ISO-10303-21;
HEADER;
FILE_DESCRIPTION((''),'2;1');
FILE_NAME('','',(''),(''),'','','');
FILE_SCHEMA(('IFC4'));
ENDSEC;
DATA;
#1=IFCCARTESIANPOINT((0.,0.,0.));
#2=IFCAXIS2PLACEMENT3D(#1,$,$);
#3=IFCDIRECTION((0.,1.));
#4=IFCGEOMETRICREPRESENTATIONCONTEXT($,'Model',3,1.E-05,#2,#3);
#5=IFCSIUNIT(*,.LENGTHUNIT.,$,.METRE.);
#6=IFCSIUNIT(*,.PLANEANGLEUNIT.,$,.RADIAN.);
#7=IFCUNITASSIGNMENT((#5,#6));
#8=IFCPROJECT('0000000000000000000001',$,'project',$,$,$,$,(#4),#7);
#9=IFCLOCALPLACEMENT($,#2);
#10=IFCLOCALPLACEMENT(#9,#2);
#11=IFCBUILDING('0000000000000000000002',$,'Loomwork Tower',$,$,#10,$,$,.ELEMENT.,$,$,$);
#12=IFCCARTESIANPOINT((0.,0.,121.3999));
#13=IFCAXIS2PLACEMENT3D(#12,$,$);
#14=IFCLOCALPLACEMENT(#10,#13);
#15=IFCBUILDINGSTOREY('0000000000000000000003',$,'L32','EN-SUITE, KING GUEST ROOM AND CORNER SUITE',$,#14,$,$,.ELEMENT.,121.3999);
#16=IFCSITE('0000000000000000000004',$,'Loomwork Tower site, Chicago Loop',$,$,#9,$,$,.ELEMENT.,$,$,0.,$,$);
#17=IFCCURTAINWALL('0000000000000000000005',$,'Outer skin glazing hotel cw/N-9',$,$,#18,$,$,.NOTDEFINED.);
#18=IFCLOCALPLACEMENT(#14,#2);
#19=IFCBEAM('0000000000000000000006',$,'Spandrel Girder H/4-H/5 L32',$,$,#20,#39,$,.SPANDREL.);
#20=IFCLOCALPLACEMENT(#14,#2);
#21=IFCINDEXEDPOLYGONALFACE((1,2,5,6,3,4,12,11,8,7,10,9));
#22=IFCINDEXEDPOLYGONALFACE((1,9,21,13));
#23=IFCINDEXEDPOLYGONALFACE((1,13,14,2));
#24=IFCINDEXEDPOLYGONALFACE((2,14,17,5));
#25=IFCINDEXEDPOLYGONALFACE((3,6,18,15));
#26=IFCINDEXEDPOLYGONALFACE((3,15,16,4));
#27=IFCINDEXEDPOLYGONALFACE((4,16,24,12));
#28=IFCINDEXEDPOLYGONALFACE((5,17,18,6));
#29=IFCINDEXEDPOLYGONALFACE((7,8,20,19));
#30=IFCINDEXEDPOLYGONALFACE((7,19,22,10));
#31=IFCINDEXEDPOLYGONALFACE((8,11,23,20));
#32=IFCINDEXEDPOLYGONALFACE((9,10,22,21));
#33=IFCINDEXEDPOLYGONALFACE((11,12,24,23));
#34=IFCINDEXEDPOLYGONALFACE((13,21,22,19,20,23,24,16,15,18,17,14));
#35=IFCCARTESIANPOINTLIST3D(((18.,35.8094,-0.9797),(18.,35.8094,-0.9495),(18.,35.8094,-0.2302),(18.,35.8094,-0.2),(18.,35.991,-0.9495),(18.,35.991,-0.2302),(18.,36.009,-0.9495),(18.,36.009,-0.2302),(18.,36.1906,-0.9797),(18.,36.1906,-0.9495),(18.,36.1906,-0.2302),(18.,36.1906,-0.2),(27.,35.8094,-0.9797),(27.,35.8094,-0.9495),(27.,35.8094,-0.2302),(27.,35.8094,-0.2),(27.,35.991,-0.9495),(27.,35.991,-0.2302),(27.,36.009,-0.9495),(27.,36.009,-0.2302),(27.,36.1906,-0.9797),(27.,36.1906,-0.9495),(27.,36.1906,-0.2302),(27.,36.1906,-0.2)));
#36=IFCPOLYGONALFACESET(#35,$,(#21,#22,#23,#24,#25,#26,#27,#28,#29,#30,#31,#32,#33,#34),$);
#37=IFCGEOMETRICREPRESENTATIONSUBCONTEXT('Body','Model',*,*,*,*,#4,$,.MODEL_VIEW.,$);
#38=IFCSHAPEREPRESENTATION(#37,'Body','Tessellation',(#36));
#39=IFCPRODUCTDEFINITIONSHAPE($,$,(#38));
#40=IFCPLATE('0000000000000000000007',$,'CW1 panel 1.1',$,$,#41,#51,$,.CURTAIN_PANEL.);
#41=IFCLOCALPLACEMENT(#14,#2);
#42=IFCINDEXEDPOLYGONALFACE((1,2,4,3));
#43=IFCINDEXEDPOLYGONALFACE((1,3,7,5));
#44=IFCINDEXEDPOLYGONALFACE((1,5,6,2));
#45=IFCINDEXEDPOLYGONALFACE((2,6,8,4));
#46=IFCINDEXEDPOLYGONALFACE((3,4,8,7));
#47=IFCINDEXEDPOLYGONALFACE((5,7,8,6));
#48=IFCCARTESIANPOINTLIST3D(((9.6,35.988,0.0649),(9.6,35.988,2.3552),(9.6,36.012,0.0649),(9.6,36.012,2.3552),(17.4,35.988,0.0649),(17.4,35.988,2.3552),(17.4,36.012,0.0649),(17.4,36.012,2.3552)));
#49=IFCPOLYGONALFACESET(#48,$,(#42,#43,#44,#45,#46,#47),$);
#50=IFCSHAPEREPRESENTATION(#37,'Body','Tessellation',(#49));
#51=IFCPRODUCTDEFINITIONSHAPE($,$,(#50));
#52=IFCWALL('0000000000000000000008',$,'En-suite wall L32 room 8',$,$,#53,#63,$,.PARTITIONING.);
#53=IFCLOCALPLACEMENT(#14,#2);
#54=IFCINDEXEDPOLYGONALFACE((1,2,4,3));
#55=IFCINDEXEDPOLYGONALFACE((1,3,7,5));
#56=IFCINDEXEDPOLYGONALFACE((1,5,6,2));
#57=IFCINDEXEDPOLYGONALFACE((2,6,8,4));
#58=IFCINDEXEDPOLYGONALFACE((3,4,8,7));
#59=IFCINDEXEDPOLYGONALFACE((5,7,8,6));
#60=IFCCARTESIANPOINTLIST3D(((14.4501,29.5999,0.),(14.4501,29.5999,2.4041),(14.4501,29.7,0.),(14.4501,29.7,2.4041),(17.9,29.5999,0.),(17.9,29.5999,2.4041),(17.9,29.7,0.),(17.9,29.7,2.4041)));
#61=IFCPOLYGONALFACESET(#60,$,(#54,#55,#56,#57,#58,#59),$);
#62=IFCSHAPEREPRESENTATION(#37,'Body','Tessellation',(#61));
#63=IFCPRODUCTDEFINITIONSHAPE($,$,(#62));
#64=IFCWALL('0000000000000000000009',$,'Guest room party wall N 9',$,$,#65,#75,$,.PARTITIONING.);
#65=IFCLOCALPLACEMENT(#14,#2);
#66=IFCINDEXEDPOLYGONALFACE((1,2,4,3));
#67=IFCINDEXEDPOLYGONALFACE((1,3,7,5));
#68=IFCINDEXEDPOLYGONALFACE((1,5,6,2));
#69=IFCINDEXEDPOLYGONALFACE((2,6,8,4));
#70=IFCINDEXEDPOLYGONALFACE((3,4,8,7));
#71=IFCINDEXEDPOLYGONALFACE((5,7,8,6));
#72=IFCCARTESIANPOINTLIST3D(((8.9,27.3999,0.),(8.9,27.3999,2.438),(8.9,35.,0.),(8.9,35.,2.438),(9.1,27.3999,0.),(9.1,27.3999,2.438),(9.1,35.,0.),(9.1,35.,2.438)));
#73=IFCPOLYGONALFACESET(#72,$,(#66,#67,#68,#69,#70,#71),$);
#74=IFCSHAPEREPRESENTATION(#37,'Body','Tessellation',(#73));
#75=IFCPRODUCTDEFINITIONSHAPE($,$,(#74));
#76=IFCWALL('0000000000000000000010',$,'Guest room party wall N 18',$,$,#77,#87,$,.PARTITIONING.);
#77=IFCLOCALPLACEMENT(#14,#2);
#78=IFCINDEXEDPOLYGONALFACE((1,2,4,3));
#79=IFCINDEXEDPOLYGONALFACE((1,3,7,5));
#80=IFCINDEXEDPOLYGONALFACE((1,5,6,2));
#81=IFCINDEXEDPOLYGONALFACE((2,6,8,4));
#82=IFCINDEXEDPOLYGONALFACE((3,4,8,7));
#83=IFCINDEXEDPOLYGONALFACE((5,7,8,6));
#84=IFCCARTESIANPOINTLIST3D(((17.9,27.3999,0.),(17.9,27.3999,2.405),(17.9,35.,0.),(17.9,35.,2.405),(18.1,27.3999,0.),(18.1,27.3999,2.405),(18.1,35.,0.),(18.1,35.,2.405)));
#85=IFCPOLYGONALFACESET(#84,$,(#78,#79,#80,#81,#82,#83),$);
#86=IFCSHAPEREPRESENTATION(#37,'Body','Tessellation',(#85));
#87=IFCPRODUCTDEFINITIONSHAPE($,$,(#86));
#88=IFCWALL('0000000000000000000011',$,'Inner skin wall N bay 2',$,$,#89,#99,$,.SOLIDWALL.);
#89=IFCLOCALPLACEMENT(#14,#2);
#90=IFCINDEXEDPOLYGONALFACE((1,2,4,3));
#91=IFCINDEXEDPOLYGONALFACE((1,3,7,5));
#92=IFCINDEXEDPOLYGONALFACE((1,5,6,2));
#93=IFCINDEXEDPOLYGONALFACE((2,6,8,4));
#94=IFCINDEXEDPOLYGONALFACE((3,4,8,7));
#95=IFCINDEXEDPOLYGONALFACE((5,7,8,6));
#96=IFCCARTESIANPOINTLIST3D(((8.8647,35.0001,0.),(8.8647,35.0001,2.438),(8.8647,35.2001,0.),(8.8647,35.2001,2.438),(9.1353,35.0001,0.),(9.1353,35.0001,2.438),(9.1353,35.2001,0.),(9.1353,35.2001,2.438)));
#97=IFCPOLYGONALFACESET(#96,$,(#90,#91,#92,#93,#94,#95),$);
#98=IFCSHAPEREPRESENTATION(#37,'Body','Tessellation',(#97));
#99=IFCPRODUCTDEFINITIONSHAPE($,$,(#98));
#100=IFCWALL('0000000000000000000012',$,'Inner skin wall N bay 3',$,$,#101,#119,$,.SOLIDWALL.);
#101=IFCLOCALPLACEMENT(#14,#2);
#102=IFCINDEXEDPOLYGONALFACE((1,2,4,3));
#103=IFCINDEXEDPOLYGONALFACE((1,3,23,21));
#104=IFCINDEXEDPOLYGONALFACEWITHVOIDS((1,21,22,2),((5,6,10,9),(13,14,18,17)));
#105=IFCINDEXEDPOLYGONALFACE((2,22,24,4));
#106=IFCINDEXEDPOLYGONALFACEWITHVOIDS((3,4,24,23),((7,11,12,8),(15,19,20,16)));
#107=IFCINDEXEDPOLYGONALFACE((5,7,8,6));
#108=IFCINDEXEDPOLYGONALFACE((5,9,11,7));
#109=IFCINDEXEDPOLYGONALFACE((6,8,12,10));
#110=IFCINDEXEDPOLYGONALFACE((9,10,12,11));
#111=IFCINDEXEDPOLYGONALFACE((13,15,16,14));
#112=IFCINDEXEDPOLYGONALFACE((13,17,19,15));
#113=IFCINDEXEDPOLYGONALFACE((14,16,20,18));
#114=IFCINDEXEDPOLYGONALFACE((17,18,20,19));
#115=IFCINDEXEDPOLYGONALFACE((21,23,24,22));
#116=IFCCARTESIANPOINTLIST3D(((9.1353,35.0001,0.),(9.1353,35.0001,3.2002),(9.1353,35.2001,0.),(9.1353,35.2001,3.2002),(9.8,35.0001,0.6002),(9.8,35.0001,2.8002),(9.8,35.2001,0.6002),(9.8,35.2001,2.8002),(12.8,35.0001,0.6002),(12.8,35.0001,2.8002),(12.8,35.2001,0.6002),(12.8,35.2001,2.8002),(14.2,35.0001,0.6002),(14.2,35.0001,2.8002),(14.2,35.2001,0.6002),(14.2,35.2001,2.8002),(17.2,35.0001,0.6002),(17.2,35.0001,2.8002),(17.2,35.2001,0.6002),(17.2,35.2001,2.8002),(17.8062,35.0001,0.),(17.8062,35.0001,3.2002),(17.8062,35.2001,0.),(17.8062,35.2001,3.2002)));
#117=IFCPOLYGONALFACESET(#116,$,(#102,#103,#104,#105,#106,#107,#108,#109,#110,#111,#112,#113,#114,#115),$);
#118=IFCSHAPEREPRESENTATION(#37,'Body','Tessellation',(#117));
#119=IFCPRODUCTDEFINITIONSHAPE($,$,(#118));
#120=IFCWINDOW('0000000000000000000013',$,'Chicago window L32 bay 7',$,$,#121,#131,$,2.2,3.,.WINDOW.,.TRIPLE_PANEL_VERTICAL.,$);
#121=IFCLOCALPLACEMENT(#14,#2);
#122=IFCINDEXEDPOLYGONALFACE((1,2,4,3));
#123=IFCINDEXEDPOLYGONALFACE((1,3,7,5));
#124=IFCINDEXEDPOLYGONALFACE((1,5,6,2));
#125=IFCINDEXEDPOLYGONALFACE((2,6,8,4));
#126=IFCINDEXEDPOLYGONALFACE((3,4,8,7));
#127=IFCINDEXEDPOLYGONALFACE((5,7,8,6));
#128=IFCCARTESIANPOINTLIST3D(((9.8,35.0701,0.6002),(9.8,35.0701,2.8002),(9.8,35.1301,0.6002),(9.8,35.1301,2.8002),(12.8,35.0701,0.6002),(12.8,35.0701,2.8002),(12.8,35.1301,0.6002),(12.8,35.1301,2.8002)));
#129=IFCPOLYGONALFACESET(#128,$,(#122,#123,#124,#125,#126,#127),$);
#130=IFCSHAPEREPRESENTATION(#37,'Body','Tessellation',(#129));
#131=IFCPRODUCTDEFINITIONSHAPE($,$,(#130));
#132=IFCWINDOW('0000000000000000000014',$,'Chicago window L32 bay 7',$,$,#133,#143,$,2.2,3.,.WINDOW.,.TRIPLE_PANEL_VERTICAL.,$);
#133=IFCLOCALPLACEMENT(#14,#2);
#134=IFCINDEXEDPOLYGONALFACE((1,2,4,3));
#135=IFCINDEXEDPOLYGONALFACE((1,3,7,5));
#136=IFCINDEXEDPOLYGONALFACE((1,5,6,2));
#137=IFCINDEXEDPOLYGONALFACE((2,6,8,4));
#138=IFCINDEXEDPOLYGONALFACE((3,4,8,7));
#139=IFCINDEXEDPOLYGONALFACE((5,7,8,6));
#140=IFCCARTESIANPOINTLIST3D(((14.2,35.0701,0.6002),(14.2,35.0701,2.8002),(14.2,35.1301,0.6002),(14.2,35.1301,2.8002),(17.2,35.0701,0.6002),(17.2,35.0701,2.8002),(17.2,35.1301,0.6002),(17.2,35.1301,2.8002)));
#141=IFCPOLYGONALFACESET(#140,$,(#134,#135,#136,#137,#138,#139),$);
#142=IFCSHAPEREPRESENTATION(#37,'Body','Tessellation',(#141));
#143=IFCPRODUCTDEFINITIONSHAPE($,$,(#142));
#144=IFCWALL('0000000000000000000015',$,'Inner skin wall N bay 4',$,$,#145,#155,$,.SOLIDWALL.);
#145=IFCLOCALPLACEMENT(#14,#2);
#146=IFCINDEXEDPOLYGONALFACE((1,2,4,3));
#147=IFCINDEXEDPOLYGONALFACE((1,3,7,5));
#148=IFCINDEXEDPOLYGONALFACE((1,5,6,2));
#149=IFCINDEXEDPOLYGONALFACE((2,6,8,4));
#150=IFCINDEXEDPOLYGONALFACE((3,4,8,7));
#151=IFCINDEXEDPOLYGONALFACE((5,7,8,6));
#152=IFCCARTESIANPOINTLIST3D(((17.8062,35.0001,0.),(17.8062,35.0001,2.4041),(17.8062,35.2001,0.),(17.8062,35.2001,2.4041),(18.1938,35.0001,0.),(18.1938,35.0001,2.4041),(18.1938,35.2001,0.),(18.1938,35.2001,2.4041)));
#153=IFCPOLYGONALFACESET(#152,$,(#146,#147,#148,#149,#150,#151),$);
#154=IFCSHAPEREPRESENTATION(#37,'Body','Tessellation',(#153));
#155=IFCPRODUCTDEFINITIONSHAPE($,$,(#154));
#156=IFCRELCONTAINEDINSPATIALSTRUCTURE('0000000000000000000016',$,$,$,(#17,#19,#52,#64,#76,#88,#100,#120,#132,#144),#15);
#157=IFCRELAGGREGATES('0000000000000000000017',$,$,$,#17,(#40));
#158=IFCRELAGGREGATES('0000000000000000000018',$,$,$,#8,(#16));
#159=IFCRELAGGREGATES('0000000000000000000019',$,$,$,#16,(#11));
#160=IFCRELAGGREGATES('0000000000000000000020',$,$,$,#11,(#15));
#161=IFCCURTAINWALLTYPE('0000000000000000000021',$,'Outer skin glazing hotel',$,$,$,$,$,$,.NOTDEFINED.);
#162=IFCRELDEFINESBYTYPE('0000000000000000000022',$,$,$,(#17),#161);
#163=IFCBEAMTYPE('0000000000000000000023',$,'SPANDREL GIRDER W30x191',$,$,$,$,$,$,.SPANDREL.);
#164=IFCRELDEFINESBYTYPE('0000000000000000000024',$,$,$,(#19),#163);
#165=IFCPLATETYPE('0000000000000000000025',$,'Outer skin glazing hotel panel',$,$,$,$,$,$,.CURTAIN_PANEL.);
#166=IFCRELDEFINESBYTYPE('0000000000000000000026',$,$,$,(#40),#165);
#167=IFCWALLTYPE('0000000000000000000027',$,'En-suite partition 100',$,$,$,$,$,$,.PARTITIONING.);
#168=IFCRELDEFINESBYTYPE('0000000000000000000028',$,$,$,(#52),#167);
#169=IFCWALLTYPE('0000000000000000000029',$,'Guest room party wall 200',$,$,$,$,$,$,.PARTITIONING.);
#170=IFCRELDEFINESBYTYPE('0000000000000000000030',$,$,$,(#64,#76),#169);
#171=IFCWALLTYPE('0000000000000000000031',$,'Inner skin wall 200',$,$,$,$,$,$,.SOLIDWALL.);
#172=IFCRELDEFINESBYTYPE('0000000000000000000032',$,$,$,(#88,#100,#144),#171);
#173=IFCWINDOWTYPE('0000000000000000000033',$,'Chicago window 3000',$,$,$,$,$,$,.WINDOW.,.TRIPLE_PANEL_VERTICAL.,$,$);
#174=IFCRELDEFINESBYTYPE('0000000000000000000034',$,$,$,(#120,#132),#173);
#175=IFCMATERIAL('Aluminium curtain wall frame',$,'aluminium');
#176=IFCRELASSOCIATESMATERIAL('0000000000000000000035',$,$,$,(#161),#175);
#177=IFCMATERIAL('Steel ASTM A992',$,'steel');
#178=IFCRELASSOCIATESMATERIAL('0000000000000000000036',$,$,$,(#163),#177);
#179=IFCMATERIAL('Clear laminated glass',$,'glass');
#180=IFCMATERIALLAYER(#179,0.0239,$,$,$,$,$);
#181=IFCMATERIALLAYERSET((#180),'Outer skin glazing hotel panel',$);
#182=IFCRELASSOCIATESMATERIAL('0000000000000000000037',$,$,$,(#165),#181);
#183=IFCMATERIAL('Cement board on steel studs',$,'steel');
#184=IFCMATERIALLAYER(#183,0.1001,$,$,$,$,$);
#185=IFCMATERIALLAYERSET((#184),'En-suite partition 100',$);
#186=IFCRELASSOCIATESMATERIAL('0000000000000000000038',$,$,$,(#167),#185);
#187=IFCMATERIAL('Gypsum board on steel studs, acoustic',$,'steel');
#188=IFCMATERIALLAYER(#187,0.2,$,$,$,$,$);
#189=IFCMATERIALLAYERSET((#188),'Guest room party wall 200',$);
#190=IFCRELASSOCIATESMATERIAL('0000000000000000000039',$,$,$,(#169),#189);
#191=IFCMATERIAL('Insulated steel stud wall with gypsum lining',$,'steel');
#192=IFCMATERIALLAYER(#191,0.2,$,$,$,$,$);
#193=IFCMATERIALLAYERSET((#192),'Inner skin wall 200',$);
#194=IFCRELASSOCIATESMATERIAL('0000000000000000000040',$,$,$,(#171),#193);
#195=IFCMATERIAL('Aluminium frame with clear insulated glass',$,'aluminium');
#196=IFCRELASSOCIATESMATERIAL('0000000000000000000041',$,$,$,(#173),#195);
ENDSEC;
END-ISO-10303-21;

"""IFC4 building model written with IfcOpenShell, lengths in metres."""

from ifc_helpers import new_model, si_unit, direction, frame, frame_2d, origin, origin_2d, place, context, subcontext, project, spatial, rectangle, i_section, extrude, material, layer, layer_set, material_profile, profile_set, type_object, element, fill, aggregate, save


model = new_model("IFC4")

# Units and contexts
model_context = context("Model", 3, precision=1e-05, world=origin(), true_north=direction((0.0, 1.0)))
body_context = subcontext(model_context, "Body", "Model", "MODEL_VIEW")
ifc_project = project(units=[si_unit("LENGTHUNIT", "METRE"), si_unit("PLANEANGLEUNIT", "RADIAN")], contexts=[model_context])

# Site, building, storey
site_placement = place(None, origin())
site = spatial("IfcSite", under=ifc_project, at=site_placement, Name="Loomwork Tower site, Chicago Loop", CompositionType="ELEMENT", RefElevation=0.0)
building_placement = place(site_placement, origin())
building = spatial("IfcBuilding", under=site, at=building_placement, Name="Loomwork Tower", CompositionType="ELEMENT")
storey_placement = place(building_placement, frame((0.0, 0.0, 121.3999)))
storey = spatial("IfcBuildingStorey", under=building, at=storey_placement, Name="L32", Description="EN-SUITE, KING GUEST ROOM AND CORNER SUITE", CompositionType="ELEMENT", Elevation=121.3999)

# Shared definitions
ifc_material_1 = material(Name="Aluminium curtain wall frame", Category="aluminium")
curtain_wall_type = type_object("IfcCurtainWallType", Name="Outer skin glazing hotel", PredefinedType="NOTDEFINED", material=ifc_material_1)

# Curtain wall
curtain_wall_1_placement = place(storey_placement, origin())
curtain_wall_1 = element("IfcCurtainWall", 1, at=curtain_wall_1_placement, inside=storey, type_object=curtain_wall_type, Name="Outer skin glazing hotel cw/N-9", PredefinedType="NOTDEFINED")

# Beam
ifc_material_2 = material(Name="Steel ASTM A992", Category="steel")
ifc_material_profile_1 = material_profile(ifc_material_2, i_section(OverallWidth=0.3811, OverallDepth=0.7798, WebThickness=0.0181, FlangeThickness=0.0303, at=origin_2d()), Name="W30x191")
ifc_profile_set_1 = profile_set([ifc_material_profile_1], Name="Steel ASTM A992")
beam_type_1 = type_object("IfcBeamType", Name="SPANDREL GIRDER W30x191", PredefinedType="SPANDREL", material=ifc_profile_set_1)
for number, where, z_axis, x_axis, name in (
    (2, (18.0, 36.0, -0.5898), (1.0, 0.0, 0.0), (0.0, 1.0, 0.0), "Spandrel Girder H/4-H/5 L32"),
):
    element("IfcBeam", number, at=place(storey_placement, frame(where, z_axis=z_axis, x_axis=x_axis)), inside=storey, type_object=beam_type_1, Name=name, PredefinedType="SPANDREL", context=body_context, shape_type="SweptSolid", body=[
        extrude(i_section(OverallWidth=0.3811, OverallDepth=0.7798, WebThickness=0.0181, FlangeThickness=0.0303, at=origin_2d()), origin(), (0.0, 0.0, 1.0), 9.0),
    ])

# Plate
ifc_material_3 = material(Name="Clear laminated glass", Category="glass")
ifc_layer_1 = layer(ifc_material_3, 0.0239)
ifc_layer_set_1 = layer_set([ifc_layer_1], Name="Outer skin glazing hotel panel")
plate_type = type_object("IfcPlateType", Name="Outer skin glazing hotel panel", PredefinedType="CURTAIN_PANEL", material=ifc_layer_set_1)
plate_placement = place(storey_placement, frame((13.5, 36.0, 0.0649), z_axis=(0.0, 0.0, 1.0), x_axis=(-1.0, 0.0, 0.0)))
plate = element("IfcPlate", 3, at=plate_placement, type_object=plate_type, Name="CW1 panel 1.1", PredefinedType="CURTAIN_PANEL", context=body_context, shape_type="SweptSolid", body=[
    extrude(rectangle(XDim=7.8, YDim=0.0239, at=origin_2d()), origin(), (0.0, 0.0, 1.0), 2.2903),
])
aggregate(curtain_wall_1, [plate])

# Walls
ifc_material_4 = material(Name="Cement board on steel studs", Category="steel")
ifc_layer_2 = layer(ifc_material_4, 0.1001)
ifc_layer_set_2 = layer_set([ifc_layer_2], Name="En-suite partition 100")
wall_type_1 = type_object("IfcWallType", Name="En-suite partition 100", PredefinedType="PARTITIONING", material=ifc_layer_set_2)
wall_1_placement = place(storey_placement, frame((14.45, 29.6499, 0.0), z_axis=(0.0, 0.0, 1.0), x_axis=(1.0, 0.0, 0.0)))
element("IfcWall", 4, at=wall_1_placement, inside=storey, type_object=wall_type_1, Name="En-suite wall L32 room 8", PredefinedType="PARTITIONING", context=body_context, shape_type="SweptSolid", body=[
    extrude(rectangle(XDim=3.45, YDim=0.1001, at=frame_2d((1.7251, 0.0))), origin(), (0.0, 0.0, 1.0), 2.4041),
])
ifc_material_5 = material(Name="Gypsum board on steel studs, acoustic", Category="steel")
ifc_layer_3 = layer(ifc_material_5, 0.2)
ifc_layer_set_3 = layer_set([ifc_layer_3], Name="Guest room party wall 200")
wall_type_2 = type_object("IfcWallType", Name="Guest room party wall 200", PredefinedType="PARTITIONING", material=ifc_layer_set_3)
wall_2_placement = place(storey_placement, frame((9.0, 27.3999, 0.0), z_axis=(0.0, 0.0, 1.0), x_axis=(0.0, 1.0, 0.0)))
element("IfcWall", 5, at=wall_2_placement, inside=storey, type_object=wall_type_2, Name="Guest room party wall N 9", PredefinedType="PARTITIONING", context=body_context, shape_type="SweptSolid", body=[
    extrude(rectangle(XDim=7.6001, YDim=0.2, at=frame_2d((3.8, 0.0))), origin(), (0.0, 0.0, 1.0), 2.438),
])
wall_3_placement = place(storey_placement, frame((18.0, 27.3999, 0.0), z_axis=(0.0, 0.0, 1.0), x_axis=(0.0, 1.0, 0.0)))
element("IfcWall", 6, at=wall_3_placement, inside=storey, type_object=wall_type_2, Name="Guest room party wall N 18", PredefinedType="PARTITIONING", context=body_context, shape_type="SweptSolid", body=[
    extrude(rectangle(XDim=7.6001, YDim=0.2, at=frame_2d((3.8, 0.0))), origin(), (0.0, 0.0, 1.0), 2.405),
])
ifc_material_6 = material(Name="Insulated steel stud wall with gypsum lining", Category="steel")
ifc_layer_4 = layer(ifc_material_6, 0.2)
ifc_layer_set_4 = layer_set([ifc_layer_4], Name="Inner skin wall 200")
wall_type_3 = type_object("IfcWallType", Name="Inner skin wall 200", PredefinedType="SOLIDWALL", material=ifc_layer_set_4)
wall_4_placement = place(storey_placement, frame((8.8647, 35.1001, 0.0), z_axis=(0.0, 0.0, 1.0), x_axis=(1.0, 0.0, 0.0)))
element("IfcWall", 7, at=wall_4_placement, inside=storey, type_object=wall_type_3, Name="Inner skin wall N bay 2", PredefinedType="SOLIDWALL", context=body_context, shape_type="SweptSolid", body=[
    extrude(rectangle(XDim=0.2705, YDim=0.2, at=frame_2d((0.1353, 0.0))), origin(), (0.0, 0.0, 1.0), 2.438),
])

# Wall, openings, windows
wall_5_placement = place(storey_placement, frame((9.1353, 35.1001, 0.0), z_axis=(0.0, 0.0, 1.0), x_axis=(1.0, 0.0, 0.0)))
wall_5 = element("IfcWall", 8, at=wall_5_placement, inside=storey, type_object=wall_type_3, Name="Inner skin wall N bay 3", PredefinedType="SOLIDWALL", context=body_context, shape_type="SweptSolid", body=[
    extrude(rectangle(XDim=8.6709, YDim=0.2, at=frame_2d((4.3354, 0.0))), origin(), (0.0, 0.0, 1.0), 3.2002),
])
opening_1_placement = place(wall_5_placement, frame((0.6648, 0.0, 0.6001)))
opening_1 = element("IfcOpeningElement", 9, at=opening_1_placement, cuts=wall_5, PredefinedType="OPENING", context=body_context, shape_type="SweptSolid", body=[
    extrude(rectangle(XDim=3.0, YDim=2.2, at=frame_2d((1.5, 1.1001))), frame((0.0, 0.1099, 0.0), z_axis=(0.0, -1.0, 0.0), x_axis=(1.0, 0.0, 0.0)), (0.0, 0.0, 1.0), 0.22),
])
opening_2_placement = place(wall_5_placement, frame((5.0647, 0.0, 0.6001)))
opening_2 = element("IfcOpeningElement", 10, at=opening_2_placement, cuts=wall_5, PredefinedType="OPENING", context=body_context, shape_type="SweptSolid", body=[
    extrude(rectangle(XDim=3.0, YDim=2.2, at=frame_2d((1.5, 1.1001))), frame((0.0, 0.1099, 0.0), z_axis=(0.0, -1.0, 0.0), x_axis=(1.0, 0.0, 0.0)), (0.0, 0.0, 1.0), 0.22),
])
ifc_material_7 = material(Name="Aluminium frame with clear insulated glass", Category="aluminium")
window_type = type_object("IfcWindowType", Name="Chicago window 3000", PartitioningType="TRIPLE_PANEL_VERTICAL", PredefinedType="WINDOW", material=ifc_material_7)
window_1_placement = place(opening_1_placement, origin())
window_1 = element("IfcWindow", 11, at=window_1_placement, inside=storey, type_object=window_type, Name="Chicago window L32 bay 7", OverallHeight=2.2, OverallWidth=3.0, PartitioningType="TRIPLE_PANEL_VERTICAL", PredefinedType="WINDOW", context=body_context, shape_type="SweptSolid", body=[
    extrude(rectangle(XDim=3.0, YDim=2.2, at=frame_2d((1.5, 1.1001))), frame((0.0, 0.03, 0.0), z_axis=(0.0, -1.0, 0.0), x_axis=(1.0, 0.0, 0.0)), (0.0, 0.0, 1.0), 0.0601),
])
fill(opening_1, window_1)
window_2_placement = place(opening_2_placement, origin())
window_2 = element("IfcWindow", 12, at=window_2_placement, inside=storey, type_object=window_type, Name="Chicago window L32 bay 7", OverallHeight=2.2, OverallWidth=3.0, PartitioningType="TRIPLE_PANEL_VERTICAL", PredefinedType="WINDOW", context=body_context, shape_type="SweptSolid", body=[
    extrude(rectangle(XDim=3.0, YDim=2.2, at=frame_2d((1.5, 1.1001))), frame((0.0, 0.03, 0.0), z_axis=(0.0, -1.0, 0.0), x_axis=(1.0, 0.0, 0.0)), (0.0, 0.0, 1.0), 0.0601),
])
fill(opening_2, window_2)

# Wall
wall_6_placement = place(storey_placement, frame((17.8062, 35.1001, 0.0), z_axis=(0.0, 0.0, 1.0), x_axis=(1.0, 0.0, 0.0)))
element("IfcWall", 13, at=wall_6_placement, inside=storey, type_object=wall_type_3, Name="Inner skin wall N bay 4", PredefinedType="SOLIDWALL", context=body_context, shape_type="SweptSolid", body=[
    extrude(rectangle(XDim=0.3877, YDim=0.2, at=frame_2d((0.1938, 0.0))), origin(), (0.0, 0.0, 1.0), 2.4041),
])

save(model, "model.ifc")
